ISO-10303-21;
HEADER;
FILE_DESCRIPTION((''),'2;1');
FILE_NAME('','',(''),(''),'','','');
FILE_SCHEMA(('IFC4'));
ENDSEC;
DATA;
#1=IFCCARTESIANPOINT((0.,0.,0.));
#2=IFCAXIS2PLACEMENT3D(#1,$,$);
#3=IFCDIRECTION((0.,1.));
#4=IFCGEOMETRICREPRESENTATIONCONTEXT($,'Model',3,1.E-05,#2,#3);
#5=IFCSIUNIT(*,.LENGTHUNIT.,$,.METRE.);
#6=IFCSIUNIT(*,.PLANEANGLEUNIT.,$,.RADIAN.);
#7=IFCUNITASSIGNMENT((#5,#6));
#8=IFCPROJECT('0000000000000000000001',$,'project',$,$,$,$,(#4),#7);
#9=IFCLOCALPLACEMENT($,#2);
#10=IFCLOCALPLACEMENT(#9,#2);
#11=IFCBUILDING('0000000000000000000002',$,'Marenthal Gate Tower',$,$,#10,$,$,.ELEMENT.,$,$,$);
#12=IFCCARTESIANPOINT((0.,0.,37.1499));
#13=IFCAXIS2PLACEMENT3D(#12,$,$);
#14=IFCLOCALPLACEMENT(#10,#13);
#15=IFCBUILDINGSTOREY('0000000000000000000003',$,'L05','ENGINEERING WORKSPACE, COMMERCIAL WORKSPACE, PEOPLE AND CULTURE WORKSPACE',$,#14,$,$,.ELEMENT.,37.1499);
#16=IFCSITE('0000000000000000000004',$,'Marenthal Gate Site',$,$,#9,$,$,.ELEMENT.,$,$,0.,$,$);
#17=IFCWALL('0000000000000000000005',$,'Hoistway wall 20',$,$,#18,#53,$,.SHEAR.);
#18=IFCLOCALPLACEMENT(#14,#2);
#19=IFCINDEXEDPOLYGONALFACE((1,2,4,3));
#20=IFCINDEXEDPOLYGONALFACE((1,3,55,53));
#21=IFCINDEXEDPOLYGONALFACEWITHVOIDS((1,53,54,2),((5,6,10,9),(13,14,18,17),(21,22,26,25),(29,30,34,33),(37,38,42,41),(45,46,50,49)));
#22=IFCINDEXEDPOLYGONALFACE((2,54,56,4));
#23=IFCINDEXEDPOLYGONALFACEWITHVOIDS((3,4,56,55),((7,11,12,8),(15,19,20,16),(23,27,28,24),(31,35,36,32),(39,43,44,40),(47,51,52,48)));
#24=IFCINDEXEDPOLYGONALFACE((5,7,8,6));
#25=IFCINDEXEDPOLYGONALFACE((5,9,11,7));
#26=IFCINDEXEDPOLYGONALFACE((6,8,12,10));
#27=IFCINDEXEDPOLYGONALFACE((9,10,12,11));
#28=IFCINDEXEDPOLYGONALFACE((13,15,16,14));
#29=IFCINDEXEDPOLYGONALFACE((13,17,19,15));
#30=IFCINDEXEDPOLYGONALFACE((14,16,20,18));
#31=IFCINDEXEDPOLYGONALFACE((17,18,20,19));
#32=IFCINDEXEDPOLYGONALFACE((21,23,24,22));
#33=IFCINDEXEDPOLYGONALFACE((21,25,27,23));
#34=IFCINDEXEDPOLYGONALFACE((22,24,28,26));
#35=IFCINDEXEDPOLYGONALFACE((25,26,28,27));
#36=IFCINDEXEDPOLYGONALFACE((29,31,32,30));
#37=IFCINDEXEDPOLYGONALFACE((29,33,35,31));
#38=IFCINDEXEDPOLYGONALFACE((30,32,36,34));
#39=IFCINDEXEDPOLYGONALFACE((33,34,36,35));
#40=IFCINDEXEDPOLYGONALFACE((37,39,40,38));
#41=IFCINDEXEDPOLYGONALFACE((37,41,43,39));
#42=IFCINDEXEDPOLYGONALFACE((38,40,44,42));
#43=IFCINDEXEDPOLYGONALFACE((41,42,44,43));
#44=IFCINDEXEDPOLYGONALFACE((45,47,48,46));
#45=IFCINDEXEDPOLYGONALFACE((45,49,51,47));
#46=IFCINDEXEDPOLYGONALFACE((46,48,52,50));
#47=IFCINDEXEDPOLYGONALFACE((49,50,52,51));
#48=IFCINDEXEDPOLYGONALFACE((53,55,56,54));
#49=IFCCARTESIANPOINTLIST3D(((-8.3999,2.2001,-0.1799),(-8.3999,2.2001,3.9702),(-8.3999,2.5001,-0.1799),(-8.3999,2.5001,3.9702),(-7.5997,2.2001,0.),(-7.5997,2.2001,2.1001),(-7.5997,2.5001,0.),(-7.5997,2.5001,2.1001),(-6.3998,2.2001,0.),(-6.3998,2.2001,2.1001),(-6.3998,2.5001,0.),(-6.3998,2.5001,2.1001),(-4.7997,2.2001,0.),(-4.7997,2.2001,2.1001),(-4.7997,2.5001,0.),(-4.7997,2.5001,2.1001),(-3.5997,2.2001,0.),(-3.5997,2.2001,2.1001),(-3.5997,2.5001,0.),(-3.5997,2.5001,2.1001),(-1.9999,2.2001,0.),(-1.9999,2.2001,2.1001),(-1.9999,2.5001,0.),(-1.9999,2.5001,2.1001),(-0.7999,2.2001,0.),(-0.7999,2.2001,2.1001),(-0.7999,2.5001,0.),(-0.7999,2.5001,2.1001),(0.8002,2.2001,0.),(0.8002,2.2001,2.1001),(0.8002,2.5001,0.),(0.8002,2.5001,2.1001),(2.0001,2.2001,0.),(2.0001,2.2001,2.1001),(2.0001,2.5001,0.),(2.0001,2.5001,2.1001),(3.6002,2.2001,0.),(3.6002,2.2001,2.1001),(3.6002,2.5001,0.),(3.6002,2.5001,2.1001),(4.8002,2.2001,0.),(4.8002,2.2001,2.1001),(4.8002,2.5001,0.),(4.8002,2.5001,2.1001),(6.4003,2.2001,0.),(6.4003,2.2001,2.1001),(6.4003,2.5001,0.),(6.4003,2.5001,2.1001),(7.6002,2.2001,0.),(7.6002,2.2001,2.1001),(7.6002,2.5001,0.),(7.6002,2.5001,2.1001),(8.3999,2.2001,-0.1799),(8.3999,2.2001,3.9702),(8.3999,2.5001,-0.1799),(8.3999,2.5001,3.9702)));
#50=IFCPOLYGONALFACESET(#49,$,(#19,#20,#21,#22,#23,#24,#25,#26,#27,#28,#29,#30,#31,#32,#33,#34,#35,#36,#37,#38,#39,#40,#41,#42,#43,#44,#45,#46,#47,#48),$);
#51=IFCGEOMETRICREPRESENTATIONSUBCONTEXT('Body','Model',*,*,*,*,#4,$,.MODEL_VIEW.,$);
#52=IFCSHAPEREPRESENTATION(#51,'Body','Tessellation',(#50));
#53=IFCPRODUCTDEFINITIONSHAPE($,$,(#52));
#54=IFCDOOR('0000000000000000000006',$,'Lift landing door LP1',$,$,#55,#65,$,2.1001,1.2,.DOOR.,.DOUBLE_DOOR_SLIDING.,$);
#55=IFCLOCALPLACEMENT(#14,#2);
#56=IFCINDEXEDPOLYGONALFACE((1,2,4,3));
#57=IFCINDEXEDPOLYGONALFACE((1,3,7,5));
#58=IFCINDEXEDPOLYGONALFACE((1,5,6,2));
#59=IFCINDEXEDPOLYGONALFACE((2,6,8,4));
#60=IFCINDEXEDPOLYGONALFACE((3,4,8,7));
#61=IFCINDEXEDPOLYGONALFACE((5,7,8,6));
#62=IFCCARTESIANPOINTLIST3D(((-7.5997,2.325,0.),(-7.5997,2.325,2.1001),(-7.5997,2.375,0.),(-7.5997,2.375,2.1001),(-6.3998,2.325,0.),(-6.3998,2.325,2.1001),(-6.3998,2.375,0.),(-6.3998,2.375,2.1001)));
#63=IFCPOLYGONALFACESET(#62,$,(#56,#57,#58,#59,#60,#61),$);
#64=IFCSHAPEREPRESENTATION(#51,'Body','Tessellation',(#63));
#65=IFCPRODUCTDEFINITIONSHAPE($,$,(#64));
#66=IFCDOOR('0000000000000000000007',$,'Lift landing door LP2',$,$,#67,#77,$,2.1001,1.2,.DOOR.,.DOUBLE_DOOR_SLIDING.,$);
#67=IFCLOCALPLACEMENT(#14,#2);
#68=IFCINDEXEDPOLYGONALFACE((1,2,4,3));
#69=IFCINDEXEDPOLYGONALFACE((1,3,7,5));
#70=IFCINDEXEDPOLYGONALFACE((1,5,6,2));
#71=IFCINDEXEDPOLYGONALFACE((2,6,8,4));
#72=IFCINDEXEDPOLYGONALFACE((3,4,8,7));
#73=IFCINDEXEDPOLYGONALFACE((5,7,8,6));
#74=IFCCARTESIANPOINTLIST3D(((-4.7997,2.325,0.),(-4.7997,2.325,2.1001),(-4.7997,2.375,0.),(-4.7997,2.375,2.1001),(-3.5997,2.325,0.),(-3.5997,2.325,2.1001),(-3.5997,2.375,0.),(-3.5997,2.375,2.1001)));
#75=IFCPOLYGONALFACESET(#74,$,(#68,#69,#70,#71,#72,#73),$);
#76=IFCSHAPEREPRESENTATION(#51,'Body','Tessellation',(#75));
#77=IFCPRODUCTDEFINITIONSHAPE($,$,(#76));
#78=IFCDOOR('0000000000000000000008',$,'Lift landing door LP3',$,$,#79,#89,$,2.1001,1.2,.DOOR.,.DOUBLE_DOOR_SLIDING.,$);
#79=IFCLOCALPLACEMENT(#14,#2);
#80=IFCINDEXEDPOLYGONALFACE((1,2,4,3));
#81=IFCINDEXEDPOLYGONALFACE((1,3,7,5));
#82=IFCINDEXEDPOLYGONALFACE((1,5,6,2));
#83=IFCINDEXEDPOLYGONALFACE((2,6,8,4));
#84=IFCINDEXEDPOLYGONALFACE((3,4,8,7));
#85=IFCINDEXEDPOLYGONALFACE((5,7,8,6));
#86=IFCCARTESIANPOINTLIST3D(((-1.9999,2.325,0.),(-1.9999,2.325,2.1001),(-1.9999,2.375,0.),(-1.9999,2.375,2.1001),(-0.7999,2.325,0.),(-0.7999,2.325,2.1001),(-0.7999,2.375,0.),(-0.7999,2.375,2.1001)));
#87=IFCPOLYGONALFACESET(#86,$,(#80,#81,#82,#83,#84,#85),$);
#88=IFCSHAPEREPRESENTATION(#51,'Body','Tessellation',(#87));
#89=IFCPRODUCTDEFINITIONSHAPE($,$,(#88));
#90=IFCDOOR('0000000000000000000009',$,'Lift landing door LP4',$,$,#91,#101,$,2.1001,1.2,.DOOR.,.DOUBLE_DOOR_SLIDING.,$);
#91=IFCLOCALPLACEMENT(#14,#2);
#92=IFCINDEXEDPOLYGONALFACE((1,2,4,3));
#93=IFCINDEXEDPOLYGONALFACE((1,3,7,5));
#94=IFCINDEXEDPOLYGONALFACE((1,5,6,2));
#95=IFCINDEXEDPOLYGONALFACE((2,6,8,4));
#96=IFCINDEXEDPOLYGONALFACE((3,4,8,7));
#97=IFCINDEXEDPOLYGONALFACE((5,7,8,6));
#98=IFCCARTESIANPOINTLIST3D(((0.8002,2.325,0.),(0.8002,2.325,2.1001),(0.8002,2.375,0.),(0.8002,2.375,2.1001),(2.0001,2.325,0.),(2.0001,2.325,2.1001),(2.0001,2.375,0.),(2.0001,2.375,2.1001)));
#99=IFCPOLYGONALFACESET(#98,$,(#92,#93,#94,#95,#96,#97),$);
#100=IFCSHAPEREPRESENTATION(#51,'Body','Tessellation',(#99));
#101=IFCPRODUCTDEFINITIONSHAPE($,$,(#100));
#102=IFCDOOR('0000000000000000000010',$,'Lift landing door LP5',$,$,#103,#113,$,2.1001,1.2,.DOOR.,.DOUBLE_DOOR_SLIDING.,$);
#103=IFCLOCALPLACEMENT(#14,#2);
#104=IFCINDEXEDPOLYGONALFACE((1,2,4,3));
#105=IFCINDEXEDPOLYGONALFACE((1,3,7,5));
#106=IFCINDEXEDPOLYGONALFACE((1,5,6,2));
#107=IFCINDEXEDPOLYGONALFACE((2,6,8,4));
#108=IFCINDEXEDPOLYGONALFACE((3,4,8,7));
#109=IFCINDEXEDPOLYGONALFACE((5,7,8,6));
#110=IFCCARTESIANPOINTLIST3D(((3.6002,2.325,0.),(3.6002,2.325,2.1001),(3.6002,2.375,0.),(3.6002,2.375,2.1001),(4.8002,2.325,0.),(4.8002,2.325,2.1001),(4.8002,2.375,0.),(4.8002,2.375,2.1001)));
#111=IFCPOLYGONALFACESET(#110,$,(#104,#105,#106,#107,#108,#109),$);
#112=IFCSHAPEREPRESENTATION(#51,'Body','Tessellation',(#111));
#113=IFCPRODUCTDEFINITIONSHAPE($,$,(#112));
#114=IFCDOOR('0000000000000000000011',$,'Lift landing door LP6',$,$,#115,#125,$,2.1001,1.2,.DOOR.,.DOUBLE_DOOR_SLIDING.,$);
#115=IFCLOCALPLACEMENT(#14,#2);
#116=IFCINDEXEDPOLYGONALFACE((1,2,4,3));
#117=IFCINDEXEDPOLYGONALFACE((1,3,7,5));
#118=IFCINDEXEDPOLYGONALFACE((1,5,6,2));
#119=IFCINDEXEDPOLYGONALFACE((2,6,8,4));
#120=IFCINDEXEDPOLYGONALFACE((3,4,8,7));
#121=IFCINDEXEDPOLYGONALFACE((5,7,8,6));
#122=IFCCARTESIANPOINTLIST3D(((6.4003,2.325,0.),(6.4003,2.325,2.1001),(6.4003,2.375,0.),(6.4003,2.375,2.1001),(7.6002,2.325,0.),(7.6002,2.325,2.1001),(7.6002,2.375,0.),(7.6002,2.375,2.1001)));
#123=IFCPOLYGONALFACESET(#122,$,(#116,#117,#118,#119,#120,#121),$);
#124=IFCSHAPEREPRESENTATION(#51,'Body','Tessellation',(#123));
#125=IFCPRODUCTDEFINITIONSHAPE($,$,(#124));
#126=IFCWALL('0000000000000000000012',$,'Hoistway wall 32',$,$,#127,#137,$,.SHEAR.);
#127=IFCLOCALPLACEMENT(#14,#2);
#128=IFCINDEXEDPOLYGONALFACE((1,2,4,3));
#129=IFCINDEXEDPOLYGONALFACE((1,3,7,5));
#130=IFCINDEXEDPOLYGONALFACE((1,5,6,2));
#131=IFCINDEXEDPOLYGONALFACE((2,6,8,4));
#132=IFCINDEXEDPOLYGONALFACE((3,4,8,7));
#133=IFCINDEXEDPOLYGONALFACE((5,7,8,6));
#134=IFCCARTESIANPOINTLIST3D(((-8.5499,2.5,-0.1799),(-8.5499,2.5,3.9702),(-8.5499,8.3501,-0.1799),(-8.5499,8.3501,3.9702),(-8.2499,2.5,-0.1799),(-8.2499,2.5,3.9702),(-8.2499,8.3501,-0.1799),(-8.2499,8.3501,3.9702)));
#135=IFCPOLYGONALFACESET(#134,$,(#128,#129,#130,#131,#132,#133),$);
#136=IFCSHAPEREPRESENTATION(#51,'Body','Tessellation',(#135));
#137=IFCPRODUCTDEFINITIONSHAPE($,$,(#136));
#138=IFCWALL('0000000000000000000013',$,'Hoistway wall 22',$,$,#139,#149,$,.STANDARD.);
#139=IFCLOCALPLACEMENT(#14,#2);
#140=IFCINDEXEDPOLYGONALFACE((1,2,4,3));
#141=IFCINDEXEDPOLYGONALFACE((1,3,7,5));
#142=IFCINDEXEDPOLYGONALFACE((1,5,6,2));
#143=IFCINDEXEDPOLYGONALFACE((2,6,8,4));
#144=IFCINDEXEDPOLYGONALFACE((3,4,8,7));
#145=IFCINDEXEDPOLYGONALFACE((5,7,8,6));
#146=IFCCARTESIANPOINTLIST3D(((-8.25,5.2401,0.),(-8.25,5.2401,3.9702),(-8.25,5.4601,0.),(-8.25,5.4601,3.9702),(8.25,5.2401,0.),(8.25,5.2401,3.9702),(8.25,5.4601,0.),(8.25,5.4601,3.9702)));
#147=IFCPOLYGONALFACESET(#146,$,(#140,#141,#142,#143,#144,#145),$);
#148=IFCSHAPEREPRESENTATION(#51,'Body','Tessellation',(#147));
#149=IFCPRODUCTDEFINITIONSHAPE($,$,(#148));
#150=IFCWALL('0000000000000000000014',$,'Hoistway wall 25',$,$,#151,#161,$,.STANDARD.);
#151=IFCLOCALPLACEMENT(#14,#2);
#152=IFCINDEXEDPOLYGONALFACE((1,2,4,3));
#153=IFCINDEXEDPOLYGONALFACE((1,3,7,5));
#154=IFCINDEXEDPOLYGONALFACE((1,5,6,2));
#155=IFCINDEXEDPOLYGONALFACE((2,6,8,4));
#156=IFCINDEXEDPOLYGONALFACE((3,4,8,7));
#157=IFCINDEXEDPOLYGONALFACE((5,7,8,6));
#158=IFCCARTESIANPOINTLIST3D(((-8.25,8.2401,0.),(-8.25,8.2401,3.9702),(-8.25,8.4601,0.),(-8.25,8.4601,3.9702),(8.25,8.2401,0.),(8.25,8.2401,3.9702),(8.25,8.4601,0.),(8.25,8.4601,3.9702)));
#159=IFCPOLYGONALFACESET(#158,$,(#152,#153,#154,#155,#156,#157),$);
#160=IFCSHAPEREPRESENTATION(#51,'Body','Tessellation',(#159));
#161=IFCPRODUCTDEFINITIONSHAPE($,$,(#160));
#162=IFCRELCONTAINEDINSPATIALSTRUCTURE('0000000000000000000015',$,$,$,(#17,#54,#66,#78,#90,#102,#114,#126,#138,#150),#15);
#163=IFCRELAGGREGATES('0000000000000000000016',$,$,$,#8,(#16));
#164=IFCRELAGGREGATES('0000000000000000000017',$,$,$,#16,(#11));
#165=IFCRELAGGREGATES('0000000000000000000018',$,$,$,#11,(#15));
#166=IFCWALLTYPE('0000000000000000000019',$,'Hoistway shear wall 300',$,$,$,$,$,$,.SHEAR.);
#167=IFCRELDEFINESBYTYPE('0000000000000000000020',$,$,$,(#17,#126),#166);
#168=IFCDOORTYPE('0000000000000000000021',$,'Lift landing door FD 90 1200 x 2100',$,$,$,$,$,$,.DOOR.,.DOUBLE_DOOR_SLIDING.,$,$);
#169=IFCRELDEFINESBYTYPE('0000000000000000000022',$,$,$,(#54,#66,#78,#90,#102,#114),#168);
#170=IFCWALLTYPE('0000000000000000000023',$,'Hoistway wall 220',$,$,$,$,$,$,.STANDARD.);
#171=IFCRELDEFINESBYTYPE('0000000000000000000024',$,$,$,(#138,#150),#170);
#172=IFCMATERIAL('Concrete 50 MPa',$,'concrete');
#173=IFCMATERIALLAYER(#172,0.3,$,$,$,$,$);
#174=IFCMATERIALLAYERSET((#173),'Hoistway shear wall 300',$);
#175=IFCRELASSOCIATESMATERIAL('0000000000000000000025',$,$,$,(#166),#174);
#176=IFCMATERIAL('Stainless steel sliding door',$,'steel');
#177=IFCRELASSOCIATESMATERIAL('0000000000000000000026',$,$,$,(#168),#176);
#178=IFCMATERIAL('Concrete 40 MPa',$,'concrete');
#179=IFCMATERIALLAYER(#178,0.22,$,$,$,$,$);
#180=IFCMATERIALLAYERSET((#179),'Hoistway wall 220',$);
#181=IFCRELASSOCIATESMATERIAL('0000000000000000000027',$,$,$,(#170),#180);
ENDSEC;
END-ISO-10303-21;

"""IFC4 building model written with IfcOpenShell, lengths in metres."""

from ifc_helpers import new_model, si_unit, direction, frame, frame_2d, origin, place, context, subcontext, project, spatial, rectangle, extrude, material, layer, layer_set, type_object, element, fill, save


model = new_model("IFC4")

# Units and contexts
model_context = context("Model", 3, precision=1e-05, world=origin(), true_north=direction((0.0, 1.0)))
body_context = subcontext(model_context, "Body", "Model", "MODEL_VIEW")
ifc_project = project(units=[si_unit("LENGTHUNIT", "METRE"), si_unit("PLANEANGLEUNIT", "RADIAN")], contexts=[model_context])

# Site, building, storey
site_placement = place(None, origin())
site = spatial("IfcSite", under=ifc_project, at=site_placement, Name="Marenthal Gate Site", CompositionType="ELEMENT", RefElevation=0.0)
building_placement = place(site_placement, origin())
building = spatial("IfcBuilding", under=site, at=building_placement, Name="Marenthal Gate Tower", CompositionType="ELEMENT")
storey_placement = place(building_placement, frame((0.0, 0.0, 37.1499)))
storey = spatial("IfcBuildingStorey", under=building, at=storey_placement, Name="L05", Description="ENGINEERING WORKSPACE, COMMERCIAL WORKSPACE, PEOPLE AND CULTURE WORKSPACE", CompositionType="ELEMENT", Elevation=37.1499)

# Wall, openings, doors
ifc_material_1 = material(Name="Concrete 50 MPa", Category="concrete")
ifc_layer_1 = layer(ifc_material_1, 0.3)
ifc_layer_set_1 = layer_set([ifc_layer_1], Name="Hoistway shear wall 300")
wall_type_1 = type_object("IfcWallType", Name="Hoistway shear wall 300", PredefinedType="SHEAR", material=ifc_layer_set_1)
wall_1_placement = place(storey_placement, frame((-8.3999, 2.3501, -0.1799), z_axis=(0.0, 0.0, 1.0), x_axis=(1.0, 0.0, 0.0)))
wall_1 = element("IfcWall", 1, at=wall_1_placement, inside=storey, type_object=wall_type_1, Name="Hoistway wall 20", PredefinedType="SHEAR", context=body_context, shape_type="SweptSolid", body=[
    extrude(rectangle(XDim=16.7998, YDim=0.3, at=frame_2d((8.3999, 0.0))), origin(), (0.0, 0.0, 1.0), 4.1501),
])
opening_1_placement = place(wall_1_placement, frame((0.8, 0.0, 0.1799)))
opening_1 = element("IfcOpeningElement", 2, at=opening_1_placement, cuts=wall_1, PredefinedType="OPENING", context=body_context, shape_type="SweptSolid", body=[
    extrude(rectangle(XDim=1.2, YDim=2.1001, at=frame_2d((0.6001, 1.05))), frame((0.0, 0.1602, 0.0), z_axis=(0.0, -1.0, 0.0), x_axis=(1.0, 0.0, 0.0)), (0.0, 0.0, 1.0), 0.3201),
])
opening_2_placement = place(wall_1_placement, frame((3.6001, 0.0, 0.1799)))
opening_2 = element("IfcOpeningElement", 3, at=opening_2_placement, cuts=wall_1, PredefinedType="OPENING", context=body_context, shape_type="SweptSolid", body=[
    extrude(rectangle(XDim=1.2, YDim=2.1001, at=frame_2d((0.6001, 1.05))), frame((0.0, 0.1602, 0.0), z_axis=(0.0, -1.0, 0.0), x_axis=(1.0, 0.0, 0.0)), (0.0, 0.0, 1.0), 0.3201),
])
opening_3_placement = place(wall_1_placement, frame((6.3999, 0.0, 0.1799)))
opening_3 = element("IfcOpeningElement", 4, at=opening_3_placement, cuts=wall_1, PredefinedType="OPENING", context=body_context, shape_type="SweptSolid", body=[
    extrude(rectangle(XDim=1.2, YDim=2.1001, at=frame_2d((0.6001, 1.05))), frame((0.0, 0.1602, 0.0), z_axis=(0.0, -1.0, 0.0), x_axis=(1.0, 0.0, 0.0)), (0.0, 0.0, 1.0), 0.3201),
])
opening_4_placement = place(wall_1_placement, frame((9.2, 0.0, 0.1799)))
opening_4 = element("IfcOpeningElement", 5, at=opening_4_placement, cuts=wall_1, PredefinedType="OPENING", context=body_context, shape_type="SweptSolid", body=[
    extrude(rectangle(XDim=1.2, YDim=2.1001, at=frame_2d((0.6001, 1.05))), frame((0.0, 0.1602, 0.0), z_axis=(0.0, -1.0, 0.0), x_axis=(1.0, 0.0, 0.0)), (0.0, 0.0, 1.0), 0.3201),
])
opening_5_placement = place(wall_1_placement, frame((12.0, 0.0, 0.1799)))
opening_5 = element("IfcOpeningElement", 6, at=opening_5_placement, cuts=wall_1, PredefinedType="OPENING", context=body_context, shape_type="SweptSolid", body=[
    extrude(rectangle(XDim=1.2, YDim=2.1001, at=frame_2d((0.6001, 1.05))), frame((0.0, 0.1602, 0.0), z_axis=(0.0, -1.0, 0.0), x_axis=(1.0, 0.0, 0.0)), (0.0, 0.0, 1.0), 0.3201),
])
opening_6_placement = place(wall_1_placement, frame((14.8, 0.0, 0.1799)))
opening_6 = element("IfcOpeningElement", 7, at=opening_6_placement, cuts=wall_1, PredefinedType="OPENING", context=body_context, shape_type="SweptSolid", body=[
    extrude(rectangle(XDim=1.2, YDim=2.1001, at=frame_2d((0.6001, 1.05))), frame((0.0, 0.1602, 0.0), z_axis=(0.0, -1.0, 0.0), x_axis=(1.0, 0.0, 0.0)), (0.0, 0.0, 1.0), 0.3201),
])
ifc_material_2 = material(Name="Stainless steel sliding door", Category="steel")
door_type_1 = type_object("IfcDoorType", Name="Lift landing door FD 90 1200 x 2100", OperationType="DOUBLE_DOOR_SLIDING", PredefinedType="DOOR", material=ifc_material_2)
door_1_placement = place(opening_1_placement, origin())
door_1 = element("IfcDoor", 8, at=door_1_placement, inside=storey, type_object=door_type_1, Name="Lift landing door LP1", OperationType="DOUBLE_DOOR_SLIDING", OverallHeight=2.1001, OverallWidth=1.2, PredefinedType="DOOR", context=body_context, shape_type="SweptSolid", body=[
    extrude(rectangle(XDim=1.2, YDim=2.1001, at=frame_2d((0.6001, 1.05))), frame((0.0, 0.0249, 0.0), z_axis=(0.0, -1.0, 0.0), x_axis=(1.0, 0.0, 0.0)), (0.0, 0.0, 1.0), 0.05),
])
fill(opening_1, door_1)
door_2_placement = place(opening_2_placement, origin())
door_2 = element("IfcDoor", 9, at=door_2_placement, inside=storey, type_object=door_type_1, Name="Lift landing door LP2", OperationType="DOUBLE_DOOR_SLIDING", OverallHeight=2.1001, OverallWidth=1.2, PredefinedType="DOOR", context=body_context, shape_type="SweptSolid", body=[
    extrude(rectangle(XDim=1.2, YDim=2.1001, at=frame_2d((0.6001, 1.05))), frame((0.0, 0.0249, 0.0), z_axis=(0.0, -1.0, 0.0), x_axis=(1.0, 0.0, 0.0)), (0.0, 0.0, 1.0), 0.05),
])
fill(opening_2, door_2)
door_3_placement = place(opening_3_placement, origin())
door_3 = element("IfcDoor", 10, at=door_3_placement, inside=storey, type_object=door_type_1, Name="Lift landing door LP3", OperationType="DOUBLE_DOOR_SLIDING", OverallHeight=2.1001, OverallWidth=1.2, PredefinedType="DOOR", context=body_context, shape_type="SweptSolid", body=[
    extrude(rectangle(XDim=1.2, YDim=2.1001, at=frame_2d((0.6001, 1.05))), frame((0.0, 0.0249, 0.0), z_axis=(0.0, -1.0, 0.0), x_axis=(1.0, 0.0, 0.0)), (0.0, 0.0, 1.0), 0.05),
])
fill(opening_3, door_3)
door_4_placement = place(opening_4_placement, origin())
door_4 = element("IfcDoor", 11, at=door_4_placement, inside=storey, type_object=door_type_1, Name="Lift landing door LP4", OperationType="DOUBLE_DOOR_SLIDING", OverallHeight=2.1001, OverallWidth=1.2, PredefinedType="DOOR", context=body_context, shape_type="SweptSolid", body=[
    extrude(rectangle(XDim=1.2, YDim=2.1001, at=frame_2d((0.6001, 1.05))), frame((0.0, 0.0249, 0.0), z_axis=(0.0, -1.0, 0.0), x_axis=(1.0, 0.0, 0.0)), (0.0, 0.0, 1.0), 0.05),
])
fill(opening_4, door_4)
door_5_placement = place(opening_5_placement, origin())
door_5 = element("IfcDoor", 12, at=door_5_placement, inside=storey, type_object=door_type_1, Name="Lift landing door LP5", OperationType="DOUBLE_DOOR_SLIDING", OverallHeight=2.1001, OverallWidth=1.2, PredefinedType="DOOR", context=body_context, shape_type="SweptSolid", body=[
    extrude(rectangle(XDim=1.2, YDim=2.1001, at=frame_2d((0.6001, 1.05))), frame((0.0, 0.0249, 0.0), z_axis=(0.0, -1.0, 0.0), x_axis=(1.0, 0.0, 0.0)), (0.0, 0.0, 1.0), 0.05),
])
fill(opening_5, door_5)
door_6_placement = place(opening_6_placement, origin())
door_6 = element("IfcDoor", 13, at=door_6_placement, inside=storey, type_object=door_type_1, Name="Lift landing door LP6", OperationType="DOUBLE_DOOR_SLIDING", OverallHeight=2.1001, OverallWidth=1.2, PredefinedType="DOOR", context=body_context, shape_type="SweptSolid", body=[
    extrude(rectangle(XDim=1.2, YDim=2.1001, at=frame_2d((0.6001, 1.05))), frame((0.0, 0.0249, 0.0), z_axis=(0.0, -1.0, 0.0), x_axis=(1.0, 0.0, 0.0)), (0.0, 0.0, 1.0), 0.05),
])
fill(opening_6, door_6)

# Walls
wall_2_placement = place(storey_placement, frame((-8.3999, 2.5, -0.1799), z_axis=(0.0, 0.0, 1.0), x_axis=(0.0, 1.0, 0.0)))
element("IfcWall", 14, at=wall_2_placement, inside=storey, type_object=wall_type_1, Name="Hoistway wall 32", PredefinedType="SHEAR", context=body_context, shape_type="SweptSolid", body=[
    extrude(rectangle(XDim=5.8501, YDim=0.3, at=frame_2d((2.925, 0.0))), origin(), (0.0, 0.0, 1.0), 4.1501),
])
ifc_material_3 = material(Name="Concrete 40 MPa", Category="concrete")
ifc_layer_2 = layer(ifc_material_3, 0.22)
ifc_layer_set_2 = layer_set([ifc_layer_2], Name="Hoistway wall 220")
wall_type_2 = type_object("IfcWallType", Name="Hoistway wall 220", PredefinedType="STANDARD", material=ifc_layer_set_2)
for number, where, z_axis, x_axis, name in (
    (15, (-8.25, 5.3501, 0.0), (0.0, 0.0, 1.0), (1.0, 0.0, 0.0), "Hoistway wall 22"),
    (16, (-8.25, 8.3501, 0.0), (0.0, 0.0, 1.0), (1.0, 0.0, 0.0), "Hoistway wall 25"),
):
    element("IfcWall", number, at=place(storey_placement, frame(where, z_axis=z_axis, x_axis=x_axis)), inside=storey, type_object=wall_type_2, Name=name, PredefinedType="STANDARD", context=body_context, shape_type="SweptSolid", body=[
        extrude(rectangle(XDim=16.5, YDim=0.22, at=frame_2d((8.25, 0.0))), origin(), (0.0, 0.0, 1.0), 3.9702),
    ])

save(model, "model.ifc")
